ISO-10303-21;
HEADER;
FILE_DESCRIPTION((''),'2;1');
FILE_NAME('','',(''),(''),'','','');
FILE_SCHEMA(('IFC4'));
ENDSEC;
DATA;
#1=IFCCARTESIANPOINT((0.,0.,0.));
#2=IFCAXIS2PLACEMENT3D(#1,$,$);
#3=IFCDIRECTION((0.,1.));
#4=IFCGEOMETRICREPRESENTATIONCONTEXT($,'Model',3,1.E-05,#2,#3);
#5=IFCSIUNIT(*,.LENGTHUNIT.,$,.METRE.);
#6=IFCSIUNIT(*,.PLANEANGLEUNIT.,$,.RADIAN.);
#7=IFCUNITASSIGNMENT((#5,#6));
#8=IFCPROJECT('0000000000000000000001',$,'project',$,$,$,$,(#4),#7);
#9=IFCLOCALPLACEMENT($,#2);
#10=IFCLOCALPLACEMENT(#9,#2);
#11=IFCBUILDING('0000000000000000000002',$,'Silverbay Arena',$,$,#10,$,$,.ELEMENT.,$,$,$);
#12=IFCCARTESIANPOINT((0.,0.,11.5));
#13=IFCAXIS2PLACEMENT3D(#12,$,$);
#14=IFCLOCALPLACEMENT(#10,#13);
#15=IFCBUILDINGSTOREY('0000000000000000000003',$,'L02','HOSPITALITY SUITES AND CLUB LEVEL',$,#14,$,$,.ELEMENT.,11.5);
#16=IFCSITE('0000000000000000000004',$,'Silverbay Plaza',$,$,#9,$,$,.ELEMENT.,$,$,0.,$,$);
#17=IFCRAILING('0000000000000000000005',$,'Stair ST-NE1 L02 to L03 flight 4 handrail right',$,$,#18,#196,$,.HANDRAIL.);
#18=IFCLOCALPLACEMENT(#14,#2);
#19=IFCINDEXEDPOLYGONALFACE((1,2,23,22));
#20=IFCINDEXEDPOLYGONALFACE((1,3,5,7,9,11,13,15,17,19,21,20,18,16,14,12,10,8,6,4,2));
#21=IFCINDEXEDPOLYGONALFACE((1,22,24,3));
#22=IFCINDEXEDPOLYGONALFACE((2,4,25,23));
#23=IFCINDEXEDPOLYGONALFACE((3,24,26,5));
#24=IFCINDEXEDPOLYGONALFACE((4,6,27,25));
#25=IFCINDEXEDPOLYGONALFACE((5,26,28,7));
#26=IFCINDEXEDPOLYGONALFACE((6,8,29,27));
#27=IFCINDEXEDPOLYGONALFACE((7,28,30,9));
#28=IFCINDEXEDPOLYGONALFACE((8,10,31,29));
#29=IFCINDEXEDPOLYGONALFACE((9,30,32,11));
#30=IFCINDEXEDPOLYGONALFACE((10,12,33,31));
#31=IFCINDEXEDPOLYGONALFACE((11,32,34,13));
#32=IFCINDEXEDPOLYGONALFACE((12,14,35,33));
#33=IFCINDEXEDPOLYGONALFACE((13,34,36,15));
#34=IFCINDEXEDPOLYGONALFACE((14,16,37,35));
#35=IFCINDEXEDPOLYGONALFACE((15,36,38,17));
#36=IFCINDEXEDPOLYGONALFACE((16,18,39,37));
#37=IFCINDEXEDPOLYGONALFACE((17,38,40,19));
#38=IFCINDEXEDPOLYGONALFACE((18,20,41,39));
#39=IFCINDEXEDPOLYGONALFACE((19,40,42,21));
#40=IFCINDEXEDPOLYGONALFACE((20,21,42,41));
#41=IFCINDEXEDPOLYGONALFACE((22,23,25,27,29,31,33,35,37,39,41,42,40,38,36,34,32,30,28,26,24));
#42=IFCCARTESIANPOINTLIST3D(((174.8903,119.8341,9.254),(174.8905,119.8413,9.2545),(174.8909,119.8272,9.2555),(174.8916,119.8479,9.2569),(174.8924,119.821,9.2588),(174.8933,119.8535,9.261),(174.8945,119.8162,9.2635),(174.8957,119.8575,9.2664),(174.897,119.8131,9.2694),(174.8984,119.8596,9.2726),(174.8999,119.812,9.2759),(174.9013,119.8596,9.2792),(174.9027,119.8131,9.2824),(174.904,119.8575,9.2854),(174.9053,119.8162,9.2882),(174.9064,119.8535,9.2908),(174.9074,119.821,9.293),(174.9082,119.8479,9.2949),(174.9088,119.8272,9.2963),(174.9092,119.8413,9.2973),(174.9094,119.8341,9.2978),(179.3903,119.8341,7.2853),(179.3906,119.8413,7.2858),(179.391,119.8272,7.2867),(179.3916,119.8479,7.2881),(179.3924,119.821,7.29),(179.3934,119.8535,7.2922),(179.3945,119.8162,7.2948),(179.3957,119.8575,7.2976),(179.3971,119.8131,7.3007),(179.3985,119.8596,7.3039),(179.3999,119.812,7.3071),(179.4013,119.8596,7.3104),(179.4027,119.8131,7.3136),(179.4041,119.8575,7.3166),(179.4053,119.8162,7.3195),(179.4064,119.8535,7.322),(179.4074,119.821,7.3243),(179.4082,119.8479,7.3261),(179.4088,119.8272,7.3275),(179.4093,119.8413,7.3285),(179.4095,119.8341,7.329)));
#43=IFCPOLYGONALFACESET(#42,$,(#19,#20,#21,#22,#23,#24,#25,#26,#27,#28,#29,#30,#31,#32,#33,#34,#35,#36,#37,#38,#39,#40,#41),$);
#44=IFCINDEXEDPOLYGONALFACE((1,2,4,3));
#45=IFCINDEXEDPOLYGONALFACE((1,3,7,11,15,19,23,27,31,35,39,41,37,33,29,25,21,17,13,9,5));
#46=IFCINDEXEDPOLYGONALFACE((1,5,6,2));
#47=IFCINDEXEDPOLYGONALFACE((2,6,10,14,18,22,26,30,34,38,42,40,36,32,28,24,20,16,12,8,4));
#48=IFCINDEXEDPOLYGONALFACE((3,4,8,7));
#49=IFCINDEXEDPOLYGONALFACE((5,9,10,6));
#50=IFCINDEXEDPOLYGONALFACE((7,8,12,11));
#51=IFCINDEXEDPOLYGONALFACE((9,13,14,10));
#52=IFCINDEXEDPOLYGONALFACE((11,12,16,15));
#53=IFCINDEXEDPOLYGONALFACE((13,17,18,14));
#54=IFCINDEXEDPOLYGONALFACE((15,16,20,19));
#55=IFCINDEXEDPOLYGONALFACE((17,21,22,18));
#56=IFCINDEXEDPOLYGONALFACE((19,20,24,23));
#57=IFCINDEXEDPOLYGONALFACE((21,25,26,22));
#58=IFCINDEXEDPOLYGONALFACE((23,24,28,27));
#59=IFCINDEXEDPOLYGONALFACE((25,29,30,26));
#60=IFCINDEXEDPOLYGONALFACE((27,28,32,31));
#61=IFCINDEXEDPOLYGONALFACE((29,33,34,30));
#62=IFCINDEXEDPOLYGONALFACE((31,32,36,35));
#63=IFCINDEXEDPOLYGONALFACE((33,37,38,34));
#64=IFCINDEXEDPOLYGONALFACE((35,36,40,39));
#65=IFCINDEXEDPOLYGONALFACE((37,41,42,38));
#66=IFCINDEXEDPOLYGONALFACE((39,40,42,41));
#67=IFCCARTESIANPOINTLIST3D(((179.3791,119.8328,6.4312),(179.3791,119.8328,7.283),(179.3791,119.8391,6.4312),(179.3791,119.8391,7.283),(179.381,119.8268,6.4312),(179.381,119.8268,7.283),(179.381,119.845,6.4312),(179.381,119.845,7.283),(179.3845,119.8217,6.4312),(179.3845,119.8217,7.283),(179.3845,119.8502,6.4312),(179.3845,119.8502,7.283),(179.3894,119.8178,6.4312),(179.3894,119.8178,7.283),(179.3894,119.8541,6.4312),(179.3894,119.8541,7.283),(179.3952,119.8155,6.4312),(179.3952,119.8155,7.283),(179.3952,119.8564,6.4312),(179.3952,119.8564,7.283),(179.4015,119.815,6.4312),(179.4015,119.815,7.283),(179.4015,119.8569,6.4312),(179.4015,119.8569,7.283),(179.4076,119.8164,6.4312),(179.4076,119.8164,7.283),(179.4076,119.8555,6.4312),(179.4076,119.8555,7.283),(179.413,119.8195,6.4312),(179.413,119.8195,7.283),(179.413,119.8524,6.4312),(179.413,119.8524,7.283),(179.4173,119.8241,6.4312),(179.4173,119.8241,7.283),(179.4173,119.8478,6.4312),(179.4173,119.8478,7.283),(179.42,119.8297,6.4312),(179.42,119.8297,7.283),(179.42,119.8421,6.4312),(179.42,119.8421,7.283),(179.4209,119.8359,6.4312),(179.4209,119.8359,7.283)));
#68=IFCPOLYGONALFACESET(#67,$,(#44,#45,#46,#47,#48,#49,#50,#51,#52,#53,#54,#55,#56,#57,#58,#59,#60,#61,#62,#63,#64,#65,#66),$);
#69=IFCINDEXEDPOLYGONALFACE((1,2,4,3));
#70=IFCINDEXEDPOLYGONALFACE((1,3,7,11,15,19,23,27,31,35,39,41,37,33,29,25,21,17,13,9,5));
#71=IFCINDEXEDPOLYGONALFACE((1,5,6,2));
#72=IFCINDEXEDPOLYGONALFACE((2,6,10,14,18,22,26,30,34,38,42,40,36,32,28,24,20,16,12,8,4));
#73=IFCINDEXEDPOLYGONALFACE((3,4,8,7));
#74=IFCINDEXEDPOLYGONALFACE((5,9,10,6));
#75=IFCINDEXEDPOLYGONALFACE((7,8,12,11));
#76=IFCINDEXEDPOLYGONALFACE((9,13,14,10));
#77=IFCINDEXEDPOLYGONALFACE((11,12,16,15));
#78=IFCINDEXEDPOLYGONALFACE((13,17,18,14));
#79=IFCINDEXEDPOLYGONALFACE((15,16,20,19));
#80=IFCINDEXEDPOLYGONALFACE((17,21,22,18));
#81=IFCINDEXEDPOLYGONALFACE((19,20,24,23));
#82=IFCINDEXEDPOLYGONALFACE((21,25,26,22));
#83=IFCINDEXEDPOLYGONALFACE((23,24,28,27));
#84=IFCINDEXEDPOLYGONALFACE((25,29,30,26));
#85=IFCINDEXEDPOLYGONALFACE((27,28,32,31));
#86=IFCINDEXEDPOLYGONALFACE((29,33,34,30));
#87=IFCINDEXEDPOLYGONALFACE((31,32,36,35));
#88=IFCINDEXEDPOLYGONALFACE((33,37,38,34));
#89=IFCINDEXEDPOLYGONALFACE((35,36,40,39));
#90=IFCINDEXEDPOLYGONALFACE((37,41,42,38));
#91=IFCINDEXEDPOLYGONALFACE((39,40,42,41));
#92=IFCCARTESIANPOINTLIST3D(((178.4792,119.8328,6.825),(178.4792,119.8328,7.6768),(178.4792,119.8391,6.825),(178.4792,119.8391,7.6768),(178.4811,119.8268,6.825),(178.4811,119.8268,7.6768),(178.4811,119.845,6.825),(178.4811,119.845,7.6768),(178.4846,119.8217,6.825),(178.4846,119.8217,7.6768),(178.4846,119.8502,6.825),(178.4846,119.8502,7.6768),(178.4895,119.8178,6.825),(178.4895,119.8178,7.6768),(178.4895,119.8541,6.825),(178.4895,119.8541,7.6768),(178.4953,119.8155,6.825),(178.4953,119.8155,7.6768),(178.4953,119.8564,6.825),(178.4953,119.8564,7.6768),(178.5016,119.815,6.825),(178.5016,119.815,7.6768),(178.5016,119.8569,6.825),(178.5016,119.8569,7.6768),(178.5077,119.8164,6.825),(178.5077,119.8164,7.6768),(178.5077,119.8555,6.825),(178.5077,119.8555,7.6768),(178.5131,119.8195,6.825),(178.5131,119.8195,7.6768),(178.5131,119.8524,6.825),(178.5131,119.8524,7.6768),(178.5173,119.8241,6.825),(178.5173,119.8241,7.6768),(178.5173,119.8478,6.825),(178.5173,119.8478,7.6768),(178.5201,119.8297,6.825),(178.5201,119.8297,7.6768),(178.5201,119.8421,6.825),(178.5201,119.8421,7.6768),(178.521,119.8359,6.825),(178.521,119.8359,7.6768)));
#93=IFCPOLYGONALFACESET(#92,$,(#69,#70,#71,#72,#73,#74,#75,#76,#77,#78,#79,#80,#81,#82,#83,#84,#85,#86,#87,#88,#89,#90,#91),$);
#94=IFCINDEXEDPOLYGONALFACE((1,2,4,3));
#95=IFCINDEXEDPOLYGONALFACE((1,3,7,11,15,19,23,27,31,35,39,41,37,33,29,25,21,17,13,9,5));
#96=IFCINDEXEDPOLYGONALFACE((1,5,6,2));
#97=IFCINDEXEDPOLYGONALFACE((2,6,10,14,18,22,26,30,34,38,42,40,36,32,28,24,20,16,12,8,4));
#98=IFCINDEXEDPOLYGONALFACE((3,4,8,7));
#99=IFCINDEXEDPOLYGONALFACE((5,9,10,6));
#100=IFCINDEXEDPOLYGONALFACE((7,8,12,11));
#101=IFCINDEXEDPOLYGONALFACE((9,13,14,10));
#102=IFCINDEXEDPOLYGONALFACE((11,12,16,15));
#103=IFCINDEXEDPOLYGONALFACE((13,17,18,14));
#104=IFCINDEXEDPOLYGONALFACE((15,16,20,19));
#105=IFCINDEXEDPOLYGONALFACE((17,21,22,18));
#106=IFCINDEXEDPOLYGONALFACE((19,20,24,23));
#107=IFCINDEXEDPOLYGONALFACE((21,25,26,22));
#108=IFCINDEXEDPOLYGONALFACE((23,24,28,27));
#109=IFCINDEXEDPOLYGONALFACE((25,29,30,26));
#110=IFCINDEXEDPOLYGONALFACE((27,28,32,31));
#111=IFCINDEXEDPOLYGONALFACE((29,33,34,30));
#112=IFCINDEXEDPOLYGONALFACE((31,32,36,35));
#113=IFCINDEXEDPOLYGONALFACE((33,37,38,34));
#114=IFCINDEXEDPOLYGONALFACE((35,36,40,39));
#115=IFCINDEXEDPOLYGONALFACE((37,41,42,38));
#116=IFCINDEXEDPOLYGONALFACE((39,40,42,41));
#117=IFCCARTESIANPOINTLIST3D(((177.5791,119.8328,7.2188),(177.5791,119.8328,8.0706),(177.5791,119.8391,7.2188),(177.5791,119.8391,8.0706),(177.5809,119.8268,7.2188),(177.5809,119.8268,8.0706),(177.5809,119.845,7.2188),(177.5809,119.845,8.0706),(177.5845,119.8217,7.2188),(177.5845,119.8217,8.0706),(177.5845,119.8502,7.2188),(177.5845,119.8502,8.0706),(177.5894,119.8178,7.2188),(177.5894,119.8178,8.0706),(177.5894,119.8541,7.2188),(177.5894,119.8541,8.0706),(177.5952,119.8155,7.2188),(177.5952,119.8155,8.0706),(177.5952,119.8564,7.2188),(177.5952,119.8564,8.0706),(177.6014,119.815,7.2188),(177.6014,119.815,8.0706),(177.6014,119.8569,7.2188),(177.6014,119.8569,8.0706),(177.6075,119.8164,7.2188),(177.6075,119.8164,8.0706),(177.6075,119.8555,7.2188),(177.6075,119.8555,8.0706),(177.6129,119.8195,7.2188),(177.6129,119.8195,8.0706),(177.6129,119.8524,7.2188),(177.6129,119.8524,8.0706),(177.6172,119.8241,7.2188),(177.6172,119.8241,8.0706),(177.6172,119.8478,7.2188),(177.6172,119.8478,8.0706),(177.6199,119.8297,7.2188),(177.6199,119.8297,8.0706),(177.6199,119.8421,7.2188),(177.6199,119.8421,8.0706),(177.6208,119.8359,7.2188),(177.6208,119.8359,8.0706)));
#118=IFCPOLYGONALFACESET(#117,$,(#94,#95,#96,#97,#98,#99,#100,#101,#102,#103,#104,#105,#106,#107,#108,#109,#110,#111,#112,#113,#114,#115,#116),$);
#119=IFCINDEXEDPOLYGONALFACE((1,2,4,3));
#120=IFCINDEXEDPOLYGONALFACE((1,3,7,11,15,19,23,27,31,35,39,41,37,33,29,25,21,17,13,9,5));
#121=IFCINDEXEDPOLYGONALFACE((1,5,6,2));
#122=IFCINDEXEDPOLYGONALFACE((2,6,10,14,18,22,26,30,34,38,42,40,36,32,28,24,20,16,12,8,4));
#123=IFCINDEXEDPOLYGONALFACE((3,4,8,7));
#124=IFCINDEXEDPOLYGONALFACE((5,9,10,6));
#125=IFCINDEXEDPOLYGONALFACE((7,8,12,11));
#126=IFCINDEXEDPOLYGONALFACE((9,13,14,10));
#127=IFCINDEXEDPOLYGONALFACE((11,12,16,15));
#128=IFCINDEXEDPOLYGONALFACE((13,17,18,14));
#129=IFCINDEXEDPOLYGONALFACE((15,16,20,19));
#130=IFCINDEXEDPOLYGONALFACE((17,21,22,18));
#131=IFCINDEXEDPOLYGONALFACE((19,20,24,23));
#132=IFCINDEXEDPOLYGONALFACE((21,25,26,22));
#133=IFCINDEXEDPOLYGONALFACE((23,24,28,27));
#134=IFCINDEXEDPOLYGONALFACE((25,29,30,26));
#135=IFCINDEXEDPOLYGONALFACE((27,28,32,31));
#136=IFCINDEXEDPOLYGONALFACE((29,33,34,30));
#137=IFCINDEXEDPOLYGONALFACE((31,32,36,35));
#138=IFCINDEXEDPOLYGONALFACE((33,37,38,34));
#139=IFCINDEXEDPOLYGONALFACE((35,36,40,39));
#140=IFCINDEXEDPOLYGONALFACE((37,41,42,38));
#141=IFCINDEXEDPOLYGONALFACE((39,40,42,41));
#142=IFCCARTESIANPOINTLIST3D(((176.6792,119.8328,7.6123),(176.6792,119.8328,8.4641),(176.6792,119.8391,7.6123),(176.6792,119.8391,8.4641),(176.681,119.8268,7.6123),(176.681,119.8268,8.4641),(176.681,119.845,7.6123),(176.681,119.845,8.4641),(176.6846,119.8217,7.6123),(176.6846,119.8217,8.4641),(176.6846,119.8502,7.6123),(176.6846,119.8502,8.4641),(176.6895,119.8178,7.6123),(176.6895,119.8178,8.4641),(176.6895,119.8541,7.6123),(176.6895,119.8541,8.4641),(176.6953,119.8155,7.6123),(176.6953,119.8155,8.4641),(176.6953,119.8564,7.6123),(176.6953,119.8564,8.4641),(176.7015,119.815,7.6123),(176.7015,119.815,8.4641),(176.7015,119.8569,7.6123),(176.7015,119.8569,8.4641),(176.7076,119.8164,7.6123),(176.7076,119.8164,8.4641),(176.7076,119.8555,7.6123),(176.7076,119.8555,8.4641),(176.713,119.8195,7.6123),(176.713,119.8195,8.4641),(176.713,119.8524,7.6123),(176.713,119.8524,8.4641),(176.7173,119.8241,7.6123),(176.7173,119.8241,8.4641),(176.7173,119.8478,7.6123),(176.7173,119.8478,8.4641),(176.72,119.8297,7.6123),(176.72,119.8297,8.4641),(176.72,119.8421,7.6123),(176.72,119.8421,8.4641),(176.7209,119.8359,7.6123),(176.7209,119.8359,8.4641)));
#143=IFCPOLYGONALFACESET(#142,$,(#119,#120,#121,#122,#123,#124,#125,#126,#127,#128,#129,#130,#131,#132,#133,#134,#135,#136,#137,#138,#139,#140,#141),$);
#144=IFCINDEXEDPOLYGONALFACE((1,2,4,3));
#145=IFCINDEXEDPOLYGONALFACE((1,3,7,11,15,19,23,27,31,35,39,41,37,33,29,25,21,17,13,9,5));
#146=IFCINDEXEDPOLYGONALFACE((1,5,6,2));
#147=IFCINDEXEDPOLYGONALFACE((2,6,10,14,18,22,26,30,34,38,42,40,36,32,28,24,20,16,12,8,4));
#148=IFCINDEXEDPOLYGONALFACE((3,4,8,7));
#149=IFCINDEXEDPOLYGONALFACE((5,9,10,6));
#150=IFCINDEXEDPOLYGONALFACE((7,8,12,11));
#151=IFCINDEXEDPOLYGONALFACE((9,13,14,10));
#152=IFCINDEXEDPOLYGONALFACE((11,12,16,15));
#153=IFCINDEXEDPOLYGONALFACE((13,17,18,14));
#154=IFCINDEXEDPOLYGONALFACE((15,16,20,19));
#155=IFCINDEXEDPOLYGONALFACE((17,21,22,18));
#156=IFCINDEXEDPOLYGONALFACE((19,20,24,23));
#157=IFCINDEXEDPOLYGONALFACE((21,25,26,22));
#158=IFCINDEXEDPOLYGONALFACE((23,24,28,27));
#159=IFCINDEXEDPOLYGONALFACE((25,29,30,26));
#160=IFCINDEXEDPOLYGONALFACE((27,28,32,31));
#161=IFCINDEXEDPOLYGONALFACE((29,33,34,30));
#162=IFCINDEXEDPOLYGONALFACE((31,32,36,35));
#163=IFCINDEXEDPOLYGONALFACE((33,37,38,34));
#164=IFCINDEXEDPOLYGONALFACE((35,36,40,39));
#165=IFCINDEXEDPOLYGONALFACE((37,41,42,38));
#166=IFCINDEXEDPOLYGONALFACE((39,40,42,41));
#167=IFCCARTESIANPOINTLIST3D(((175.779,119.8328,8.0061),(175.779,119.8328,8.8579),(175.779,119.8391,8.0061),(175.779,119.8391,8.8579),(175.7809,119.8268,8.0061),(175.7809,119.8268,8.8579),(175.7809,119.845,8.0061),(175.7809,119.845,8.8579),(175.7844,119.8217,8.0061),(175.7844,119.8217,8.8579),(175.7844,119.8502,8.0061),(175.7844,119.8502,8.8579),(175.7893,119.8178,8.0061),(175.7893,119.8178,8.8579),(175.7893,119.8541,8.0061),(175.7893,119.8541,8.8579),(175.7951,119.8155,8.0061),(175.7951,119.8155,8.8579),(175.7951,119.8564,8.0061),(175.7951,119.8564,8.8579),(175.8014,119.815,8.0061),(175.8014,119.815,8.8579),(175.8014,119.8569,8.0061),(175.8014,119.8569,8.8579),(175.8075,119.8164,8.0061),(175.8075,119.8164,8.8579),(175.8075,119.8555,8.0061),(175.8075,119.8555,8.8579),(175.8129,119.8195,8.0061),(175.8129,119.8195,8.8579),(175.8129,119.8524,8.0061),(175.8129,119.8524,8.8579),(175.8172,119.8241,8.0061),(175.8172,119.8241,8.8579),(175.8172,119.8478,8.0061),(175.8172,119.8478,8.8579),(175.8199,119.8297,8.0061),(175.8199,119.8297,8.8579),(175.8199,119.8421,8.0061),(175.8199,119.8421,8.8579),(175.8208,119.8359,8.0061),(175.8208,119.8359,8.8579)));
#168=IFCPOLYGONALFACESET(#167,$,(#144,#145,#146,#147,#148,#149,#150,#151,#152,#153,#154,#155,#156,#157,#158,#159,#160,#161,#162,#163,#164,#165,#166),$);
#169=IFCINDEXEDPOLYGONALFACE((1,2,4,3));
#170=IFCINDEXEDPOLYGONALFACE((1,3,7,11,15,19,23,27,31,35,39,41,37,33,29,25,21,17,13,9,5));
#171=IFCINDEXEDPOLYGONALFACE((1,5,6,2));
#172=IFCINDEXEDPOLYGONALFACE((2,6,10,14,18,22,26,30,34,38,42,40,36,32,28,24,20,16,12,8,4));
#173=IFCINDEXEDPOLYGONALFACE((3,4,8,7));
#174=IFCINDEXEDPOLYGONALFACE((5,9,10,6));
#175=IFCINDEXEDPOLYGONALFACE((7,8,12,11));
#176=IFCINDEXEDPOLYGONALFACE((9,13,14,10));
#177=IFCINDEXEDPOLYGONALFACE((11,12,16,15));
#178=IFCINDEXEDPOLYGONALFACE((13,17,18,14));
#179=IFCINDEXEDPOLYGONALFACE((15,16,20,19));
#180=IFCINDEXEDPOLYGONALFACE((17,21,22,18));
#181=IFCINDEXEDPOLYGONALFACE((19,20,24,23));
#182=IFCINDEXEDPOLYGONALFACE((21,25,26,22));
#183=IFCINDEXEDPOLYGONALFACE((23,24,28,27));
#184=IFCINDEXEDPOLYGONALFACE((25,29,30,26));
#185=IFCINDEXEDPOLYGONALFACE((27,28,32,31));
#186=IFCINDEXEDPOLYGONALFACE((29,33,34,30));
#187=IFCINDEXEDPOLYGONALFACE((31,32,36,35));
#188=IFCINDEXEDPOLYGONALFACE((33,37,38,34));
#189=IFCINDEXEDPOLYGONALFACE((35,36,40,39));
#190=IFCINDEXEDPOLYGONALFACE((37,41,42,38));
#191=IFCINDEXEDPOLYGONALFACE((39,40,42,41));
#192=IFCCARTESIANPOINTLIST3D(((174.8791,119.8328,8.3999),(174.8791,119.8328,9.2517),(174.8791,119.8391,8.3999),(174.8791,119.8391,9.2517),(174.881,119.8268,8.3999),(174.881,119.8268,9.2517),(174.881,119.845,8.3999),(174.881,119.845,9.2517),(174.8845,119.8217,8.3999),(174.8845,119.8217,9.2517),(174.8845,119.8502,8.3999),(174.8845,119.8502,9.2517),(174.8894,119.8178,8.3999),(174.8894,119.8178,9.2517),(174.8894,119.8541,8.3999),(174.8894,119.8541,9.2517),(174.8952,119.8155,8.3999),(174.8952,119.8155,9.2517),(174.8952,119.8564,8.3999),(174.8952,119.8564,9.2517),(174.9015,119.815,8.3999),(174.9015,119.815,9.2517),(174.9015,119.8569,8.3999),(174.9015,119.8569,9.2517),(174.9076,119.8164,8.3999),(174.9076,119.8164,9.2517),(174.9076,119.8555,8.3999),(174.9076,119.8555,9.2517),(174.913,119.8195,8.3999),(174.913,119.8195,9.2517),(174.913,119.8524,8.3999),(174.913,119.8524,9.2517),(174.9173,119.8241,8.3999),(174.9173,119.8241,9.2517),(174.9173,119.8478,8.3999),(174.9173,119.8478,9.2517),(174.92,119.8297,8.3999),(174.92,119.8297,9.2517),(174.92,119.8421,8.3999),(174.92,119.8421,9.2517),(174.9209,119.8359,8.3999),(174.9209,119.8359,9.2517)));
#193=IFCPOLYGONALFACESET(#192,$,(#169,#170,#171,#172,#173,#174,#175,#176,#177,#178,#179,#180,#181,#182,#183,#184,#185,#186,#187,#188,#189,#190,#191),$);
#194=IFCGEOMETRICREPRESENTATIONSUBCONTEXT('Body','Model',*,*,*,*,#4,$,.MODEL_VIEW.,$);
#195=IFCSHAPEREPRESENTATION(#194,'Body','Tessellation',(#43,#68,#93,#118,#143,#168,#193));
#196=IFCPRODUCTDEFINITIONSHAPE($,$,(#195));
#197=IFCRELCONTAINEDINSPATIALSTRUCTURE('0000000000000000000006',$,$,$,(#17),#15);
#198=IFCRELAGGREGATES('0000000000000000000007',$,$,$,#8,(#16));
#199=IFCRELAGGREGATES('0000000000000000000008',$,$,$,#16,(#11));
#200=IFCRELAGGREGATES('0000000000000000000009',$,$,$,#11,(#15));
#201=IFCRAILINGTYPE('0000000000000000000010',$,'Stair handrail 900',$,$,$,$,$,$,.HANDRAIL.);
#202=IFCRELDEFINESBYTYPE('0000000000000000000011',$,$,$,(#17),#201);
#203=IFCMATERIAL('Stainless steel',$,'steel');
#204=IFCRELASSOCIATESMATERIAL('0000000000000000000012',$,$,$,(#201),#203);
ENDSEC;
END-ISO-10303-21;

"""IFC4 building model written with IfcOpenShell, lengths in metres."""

from ifc_helpers import new_model, si_unit, direction, frame, origin, origin_2d, place, context, subcontext, project, spatial, circle, extrude, material, type_object, element, save


model = new_model("IFC4")

# Units and contexts
model_context = context("Model", 3, precision=1e-05, world=origin(), true_north=direction((0.0, 1.0)))
body_context = subcontext(model_context, "Body", "Model", "MODEL_VIEW")
ifc_project = project(units=[si_unit("LENGTHUNIT", "METRE"), si_unit("PLANEANGLEUNIT", "RADIAN")], contexts=[model_context])

# Site, building, storey
site_placement = place(None, origin())
site = spatial("IfcSite", under=ifc_project, at=site_placement, Name="Silverbay Plaza", CompositionType="ELEMENT", RefElevation=0.0)
building_placement = place(site_placement, origin())
building = spatial("IfcBuilding", under=site, at=building_placement, Name="Silverbay Arena", CompositionType="ELEMENT")
storey_placement = place(building_placement, frame((0.0, 0.0, 11.5)))
storey = spatial("IfcBuildingStorey", under=building, at=storey_placement, Name="L02", Description="HOSPITALITY SUITES AND CLUB LEVEL", CompositionType="ELEMENT", Elevation=11.5)

# Railing
ifc_material_1 = material(Name="Stainless steel", Category="steel")
railing_type_1 = type_object("IfcRailingType", Name="Stair handrail 900", PredefinedType="HANDRAIL", material=ifc_material_1)
for number, where, name in (
    (1, (179.3999, 119.8359, 6.4312), "Stair ST-NE1 L02 to L03 flight 4 handrail right"),
):
    element("IfcRailing", number, at=place(storey_placement, frame(where)), inside=storey, type_object=railing_type_1, Name=name, PredefinedType="HANDRAIL", context=body_context, shape_type="SweptSolid", body=[
        extrude(circle(Radius=0.0239, at=origin_2d()), frame((0.0, 0.0, 0.876), z_axis=(-0.916157, 0.0, 0.400819), x_axis=(0.0, -1.0, 0.0)), (0.0, 0.0, 1.0), 4.9119),
        extrude(circle(Radius=0.021, at=origin_2d()), origin(), (0.0, 0.0, 1.0), 0.8518),
        extrude(circle(Radius=0.021, at=origin_2d()), frame((-0.8999, 0.0, 0.3938)), (0.0, 0.0, 1.0), 0.8518),
        extrude(circle(Radius=0.021, at=origin_2d()), frame((-1.8, 0.0, 0.7876)), (0.0, 0.0, 1.0), 0.8518),
        extrude(circle(Radius=0.021, at=origin_2d()), frame((-2.7, 0.0, 1.1812)), (0.0, 0.0, 1.0), 0.8518),
        extrude(circle(Radius=0.021, at=origin_2d()), frame((-3.6001, 0.0, 1.575)), (0.0, 0.0, 1.0), 0.8518),
        extrude(circle(Radius=0.021, at=origin_2d()), frame((-4.5, 0.0, 1.9688)), (0.0, 0.0, 1.0), 0.8518),
    ])

save(model, "model.ifc")
